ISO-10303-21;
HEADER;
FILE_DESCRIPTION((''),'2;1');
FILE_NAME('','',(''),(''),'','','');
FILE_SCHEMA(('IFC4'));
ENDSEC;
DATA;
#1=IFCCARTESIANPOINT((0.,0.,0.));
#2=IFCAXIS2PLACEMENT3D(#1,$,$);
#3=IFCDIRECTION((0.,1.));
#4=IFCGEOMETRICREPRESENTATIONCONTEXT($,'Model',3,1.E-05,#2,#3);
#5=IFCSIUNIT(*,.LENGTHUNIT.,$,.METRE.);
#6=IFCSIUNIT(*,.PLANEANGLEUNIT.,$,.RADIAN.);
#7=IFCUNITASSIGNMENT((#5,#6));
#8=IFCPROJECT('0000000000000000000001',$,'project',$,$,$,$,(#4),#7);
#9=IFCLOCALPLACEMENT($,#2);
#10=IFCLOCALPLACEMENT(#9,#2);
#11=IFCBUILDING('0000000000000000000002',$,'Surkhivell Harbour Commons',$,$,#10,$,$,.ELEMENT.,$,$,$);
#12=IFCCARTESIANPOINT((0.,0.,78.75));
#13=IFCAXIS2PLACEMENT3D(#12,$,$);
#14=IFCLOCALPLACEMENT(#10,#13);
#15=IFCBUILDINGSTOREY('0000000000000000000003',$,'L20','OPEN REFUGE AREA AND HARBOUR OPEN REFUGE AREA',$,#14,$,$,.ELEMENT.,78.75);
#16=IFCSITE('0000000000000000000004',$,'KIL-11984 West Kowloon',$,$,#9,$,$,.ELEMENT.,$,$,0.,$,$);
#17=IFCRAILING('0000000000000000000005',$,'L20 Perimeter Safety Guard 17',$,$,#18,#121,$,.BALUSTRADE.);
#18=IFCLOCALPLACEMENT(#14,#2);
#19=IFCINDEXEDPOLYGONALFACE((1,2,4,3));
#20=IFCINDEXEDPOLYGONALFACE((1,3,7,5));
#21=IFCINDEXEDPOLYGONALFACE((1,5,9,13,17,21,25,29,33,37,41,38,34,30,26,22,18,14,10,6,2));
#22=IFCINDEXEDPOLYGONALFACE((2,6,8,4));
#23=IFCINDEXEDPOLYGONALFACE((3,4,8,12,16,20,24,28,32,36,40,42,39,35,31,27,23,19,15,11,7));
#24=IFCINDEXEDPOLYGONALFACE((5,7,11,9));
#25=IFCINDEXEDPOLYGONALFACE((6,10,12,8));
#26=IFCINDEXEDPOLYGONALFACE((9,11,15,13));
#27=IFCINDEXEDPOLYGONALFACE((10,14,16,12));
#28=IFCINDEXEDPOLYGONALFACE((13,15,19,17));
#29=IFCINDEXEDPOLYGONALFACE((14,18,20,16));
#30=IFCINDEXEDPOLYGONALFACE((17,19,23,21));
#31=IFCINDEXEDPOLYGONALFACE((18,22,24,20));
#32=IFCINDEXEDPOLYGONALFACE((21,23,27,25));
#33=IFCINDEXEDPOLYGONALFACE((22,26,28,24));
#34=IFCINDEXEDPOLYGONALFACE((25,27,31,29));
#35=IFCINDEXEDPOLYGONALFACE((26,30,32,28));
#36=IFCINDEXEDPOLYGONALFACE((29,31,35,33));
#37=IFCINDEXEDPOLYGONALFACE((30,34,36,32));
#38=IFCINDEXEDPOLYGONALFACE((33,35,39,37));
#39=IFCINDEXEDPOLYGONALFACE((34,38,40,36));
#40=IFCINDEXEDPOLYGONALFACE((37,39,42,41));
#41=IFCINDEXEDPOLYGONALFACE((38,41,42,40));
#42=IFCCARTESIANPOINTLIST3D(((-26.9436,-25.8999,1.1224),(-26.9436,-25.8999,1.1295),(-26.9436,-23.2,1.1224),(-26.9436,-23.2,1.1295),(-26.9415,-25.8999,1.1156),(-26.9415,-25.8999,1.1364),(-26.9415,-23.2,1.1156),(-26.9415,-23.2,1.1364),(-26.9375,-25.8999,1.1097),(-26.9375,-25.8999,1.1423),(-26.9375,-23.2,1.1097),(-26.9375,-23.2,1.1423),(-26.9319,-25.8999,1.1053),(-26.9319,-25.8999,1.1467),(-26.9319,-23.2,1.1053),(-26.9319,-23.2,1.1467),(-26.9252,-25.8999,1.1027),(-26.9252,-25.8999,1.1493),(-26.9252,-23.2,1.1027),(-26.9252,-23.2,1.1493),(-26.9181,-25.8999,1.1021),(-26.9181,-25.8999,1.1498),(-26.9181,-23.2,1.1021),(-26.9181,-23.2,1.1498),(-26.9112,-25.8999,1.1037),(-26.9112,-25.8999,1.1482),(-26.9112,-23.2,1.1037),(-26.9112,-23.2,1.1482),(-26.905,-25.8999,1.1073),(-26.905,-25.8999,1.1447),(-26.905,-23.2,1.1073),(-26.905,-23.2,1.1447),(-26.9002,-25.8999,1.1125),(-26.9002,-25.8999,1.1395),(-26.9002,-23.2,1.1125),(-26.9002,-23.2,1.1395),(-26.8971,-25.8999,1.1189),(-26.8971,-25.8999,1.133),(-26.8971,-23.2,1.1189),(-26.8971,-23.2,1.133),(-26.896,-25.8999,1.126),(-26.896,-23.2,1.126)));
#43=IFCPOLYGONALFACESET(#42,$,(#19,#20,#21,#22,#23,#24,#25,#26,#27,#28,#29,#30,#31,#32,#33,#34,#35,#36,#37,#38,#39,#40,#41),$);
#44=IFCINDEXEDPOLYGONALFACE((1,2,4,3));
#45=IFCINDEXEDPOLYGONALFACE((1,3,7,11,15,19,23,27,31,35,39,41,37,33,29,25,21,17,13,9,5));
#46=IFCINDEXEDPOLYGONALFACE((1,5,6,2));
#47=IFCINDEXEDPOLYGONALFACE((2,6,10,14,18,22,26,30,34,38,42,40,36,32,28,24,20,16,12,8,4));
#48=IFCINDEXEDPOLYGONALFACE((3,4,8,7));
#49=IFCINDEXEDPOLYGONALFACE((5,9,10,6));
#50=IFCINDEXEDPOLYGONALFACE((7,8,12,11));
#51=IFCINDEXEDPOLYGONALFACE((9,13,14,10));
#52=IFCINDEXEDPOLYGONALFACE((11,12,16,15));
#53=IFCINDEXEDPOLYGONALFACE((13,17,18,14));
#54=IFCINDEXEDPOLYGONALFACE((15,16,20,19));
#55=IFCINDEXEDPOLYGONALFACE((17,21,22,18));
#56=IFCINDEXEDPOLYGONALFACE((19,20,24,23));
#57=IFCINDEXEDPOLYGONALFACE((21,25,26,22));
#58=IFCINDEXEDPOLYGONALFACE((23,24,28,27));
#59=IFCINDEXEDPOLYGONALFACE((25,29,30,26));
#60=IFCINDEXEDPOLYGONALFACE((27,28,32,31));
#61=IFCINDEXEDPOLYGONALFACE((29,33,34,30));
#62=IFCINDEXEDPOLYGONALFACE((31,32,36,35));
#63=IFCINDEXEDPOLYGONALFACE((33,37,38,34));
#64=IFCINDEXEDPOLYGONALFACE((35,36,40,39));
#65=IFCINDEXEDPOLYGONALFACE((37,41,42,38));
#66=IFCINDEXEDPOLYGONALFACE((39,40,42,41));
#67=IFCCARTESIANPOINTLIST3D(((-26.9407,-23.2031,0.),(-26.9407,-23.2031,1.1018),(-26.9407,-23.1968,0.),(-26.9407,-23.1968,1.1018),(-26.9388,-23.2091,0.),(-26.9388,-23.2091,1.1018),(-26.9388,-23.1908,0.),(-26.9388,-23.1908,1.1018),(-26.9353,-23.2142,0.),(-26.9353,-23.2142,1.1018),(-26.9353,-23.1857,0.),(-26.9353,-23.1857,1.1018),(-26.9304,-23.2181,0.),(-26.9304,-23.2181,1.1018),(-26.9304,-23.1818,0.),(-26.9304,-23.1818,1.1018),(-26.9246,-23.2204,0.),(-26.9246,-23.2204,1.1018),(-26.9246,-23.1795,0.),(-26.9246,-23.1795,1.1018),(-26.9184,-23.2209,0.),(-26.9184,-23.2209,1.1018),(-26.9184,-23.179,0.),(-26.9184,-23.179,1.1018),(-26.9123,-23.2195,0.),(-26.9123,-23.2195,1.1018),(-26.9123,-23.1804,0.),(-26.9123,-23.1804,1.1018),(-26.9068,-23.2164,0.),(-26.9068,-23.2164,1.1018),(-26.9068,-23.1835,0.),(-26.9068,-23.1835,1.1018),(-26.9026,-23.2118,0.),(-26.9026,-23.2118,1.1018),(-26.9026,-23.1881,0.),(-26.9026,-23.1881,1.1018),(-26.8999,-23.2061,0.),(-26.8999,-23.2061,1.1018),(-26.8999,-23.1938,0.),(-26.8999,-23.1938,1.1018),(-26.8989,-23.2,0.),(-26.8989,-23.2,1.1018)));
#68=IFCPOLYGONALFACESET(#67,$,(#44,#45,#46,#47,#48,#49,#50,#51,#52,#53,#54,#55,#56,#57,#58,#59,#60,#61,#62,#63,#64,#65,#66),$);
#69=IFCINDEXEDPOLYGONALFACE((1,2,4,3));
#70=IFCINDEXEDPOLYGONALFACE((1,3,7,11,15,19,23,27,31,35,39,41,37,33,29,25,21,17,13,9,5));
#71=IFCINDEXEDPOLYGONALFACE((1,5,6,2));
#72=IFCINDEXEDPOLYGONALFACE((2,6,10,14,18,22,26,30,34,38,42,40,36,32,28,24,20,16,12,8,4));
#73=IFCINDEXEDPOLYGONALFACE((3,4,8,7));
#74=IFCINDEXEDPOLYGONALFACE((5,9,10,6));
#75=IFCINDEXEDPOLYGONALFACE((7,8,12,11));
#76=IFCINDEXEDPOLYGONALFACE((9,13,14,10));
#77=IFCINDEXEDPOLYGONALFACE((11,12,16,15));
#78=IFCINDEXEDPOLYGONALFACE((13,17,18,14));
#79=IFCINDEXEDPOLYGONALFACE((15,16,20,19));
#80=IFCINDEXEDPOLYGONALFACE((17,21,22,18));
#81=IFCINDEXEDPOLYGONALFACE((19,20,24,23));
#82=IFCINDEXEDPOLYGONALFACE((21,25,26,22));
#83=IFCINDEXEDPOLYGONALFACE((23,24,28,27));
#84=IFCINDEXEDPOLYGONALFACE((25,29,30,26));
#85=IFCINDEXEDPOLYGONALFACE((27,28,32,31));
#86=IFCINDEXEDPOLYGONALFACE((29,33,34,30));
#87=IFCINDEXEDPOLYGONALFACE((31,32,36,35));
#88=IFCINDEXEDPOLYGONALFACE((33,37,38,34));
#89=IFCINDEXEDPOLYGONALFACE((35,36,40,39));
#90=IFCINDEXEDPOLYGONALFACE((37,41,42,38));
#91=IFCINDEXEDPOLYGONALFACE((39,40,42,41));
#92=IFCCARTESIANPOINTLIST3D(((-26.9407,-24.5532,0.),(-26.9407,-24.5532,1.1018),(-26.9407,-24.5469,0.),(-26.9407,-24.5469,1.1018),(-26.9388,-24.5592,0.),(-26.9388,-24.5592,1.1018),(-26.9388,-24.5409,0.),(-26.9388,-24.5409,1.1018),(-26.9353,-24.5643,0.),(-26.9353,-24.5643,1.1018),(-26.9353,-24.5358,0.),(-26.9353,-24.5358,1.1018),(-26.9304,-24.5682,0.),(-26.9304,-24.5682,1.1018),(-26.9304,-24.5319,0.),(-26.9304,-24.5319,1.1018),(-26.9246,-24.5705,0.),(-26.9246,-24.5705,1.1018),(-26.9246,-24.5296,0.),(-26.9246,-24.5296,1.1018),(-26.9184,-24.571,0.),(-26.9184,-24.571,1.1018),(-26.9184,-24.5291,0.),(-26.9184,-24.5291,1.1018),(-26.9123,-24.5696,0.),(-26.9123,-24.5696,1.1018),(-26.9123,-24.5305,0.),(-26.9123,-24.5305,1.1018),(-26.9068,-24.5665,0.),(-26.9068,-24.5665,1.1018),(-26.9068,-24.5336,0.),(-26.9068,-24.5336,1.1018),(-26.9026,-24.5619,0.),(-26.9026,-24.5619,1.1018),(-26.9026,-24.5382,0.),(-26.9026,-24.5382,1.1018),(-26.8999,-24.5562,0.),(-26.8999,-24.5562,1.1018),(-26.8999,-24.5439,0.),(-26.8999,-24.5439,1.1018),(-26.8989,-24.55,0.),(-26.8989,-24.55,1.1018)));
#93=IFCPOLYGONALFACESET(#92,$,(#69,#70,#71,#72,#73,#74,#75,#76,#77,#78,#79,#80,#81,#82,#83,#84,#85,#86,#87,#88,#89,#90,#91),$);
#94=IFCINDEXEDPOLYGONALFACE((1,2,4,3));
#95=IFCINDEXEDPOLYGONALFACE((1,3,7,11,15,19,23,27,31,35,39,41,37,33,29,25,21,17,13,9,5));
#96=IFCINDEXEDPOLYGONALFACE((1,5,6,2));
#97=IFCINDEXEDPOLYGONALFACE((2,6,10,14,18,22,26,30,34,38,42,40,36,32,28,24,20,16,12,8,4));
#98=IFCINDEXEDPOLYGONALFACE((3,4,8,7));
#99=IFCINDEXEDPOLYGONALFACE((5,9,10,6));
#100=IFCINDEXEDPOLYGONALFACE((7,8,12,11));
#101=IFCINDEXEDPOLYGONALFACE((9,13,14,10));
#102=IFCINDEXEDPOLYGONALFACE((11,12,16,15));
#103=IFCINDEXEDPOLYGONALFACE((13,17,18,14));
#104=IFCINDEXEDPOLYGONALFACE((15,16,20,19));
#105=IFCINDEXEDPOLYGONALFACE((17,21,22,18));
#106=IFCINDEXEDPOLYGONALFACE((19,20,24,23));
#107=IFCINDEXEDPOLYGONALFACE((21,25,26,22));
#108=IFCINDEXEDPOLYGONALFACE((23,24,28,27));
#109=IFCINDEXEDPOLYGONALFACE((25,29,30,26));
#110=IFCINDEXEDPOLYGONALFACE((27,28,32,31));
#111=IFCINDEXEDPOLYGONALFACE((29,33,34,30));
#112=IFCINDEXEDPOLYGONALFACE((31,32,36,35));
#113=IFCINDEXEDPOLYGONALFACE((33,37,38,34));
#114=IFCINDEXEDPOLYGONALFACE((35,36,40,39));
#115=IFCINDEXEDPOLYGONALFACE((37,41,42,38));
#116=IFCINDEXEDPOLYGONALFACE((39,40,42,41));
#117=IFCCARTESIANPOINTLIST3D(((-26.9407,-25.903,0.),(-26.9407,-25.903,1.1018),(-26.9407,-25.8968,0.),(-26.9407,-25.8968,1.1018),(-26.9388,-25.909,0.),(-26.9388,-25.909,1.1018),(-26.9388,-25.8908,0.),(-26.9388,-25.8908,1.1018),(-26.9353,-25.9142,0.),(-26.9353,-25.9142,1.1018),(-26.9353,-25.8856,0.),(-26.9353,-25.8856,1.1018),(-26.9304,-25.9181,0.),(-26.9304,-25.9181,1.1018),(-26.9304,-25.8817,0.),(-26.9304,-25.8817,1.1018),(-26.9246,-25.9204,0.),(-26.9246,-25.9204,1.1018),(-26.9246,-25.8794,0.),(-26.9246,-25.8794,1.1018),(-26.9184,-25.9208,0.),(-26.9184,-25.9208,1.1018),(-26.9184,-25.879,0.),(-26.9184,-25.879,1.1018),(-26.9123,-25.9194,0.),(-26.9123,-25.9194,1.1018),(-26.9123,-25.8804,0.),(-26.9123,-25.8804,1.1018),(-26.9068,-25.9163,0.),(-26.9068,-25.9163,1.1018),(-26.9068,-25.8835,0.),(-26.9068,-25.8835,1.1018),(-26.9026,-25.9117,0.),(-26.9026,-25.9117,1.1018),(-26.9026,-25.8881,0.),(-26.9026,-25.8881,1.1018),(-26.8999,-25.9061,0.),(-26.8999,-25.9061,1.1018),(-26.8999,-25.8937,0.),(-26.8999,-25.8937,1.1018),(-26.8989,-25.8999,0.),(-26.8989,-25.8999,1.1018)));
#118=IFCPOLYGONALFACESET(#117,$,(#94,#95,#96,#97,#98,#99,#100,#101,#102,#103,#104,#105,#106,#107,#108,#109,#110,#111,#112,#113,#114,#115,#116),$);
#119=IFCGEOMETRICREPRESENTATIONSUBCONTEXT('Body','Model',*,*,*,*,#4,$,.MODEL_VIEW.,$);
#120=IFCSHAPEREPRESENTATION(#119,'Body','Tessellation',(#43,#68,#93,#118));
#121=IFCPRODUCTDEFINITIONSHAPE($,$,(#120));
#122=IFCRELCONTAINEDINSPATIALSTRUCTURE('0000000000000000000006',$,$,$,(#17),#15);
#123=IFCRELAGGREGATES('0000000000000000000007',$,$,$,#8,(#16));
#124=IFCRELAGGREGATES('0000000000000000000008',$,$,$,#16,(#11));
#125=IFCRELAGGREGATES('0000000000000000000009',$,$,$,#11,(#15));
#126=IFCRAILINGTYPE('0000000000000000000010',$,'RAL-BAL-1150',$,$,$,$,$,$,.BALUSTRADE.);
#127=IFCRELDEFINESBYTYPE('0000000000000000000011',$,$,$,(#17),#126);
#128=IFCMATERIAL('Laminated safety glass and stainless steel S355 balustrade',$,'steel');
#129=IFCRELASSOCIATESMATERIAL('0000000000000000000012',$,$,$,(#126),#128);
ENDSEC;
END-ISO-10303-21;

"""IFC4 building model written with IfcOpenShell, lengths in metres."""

from ifc_helpers import new_model, si_unit, direction, frame, origin, origin_2d, place, context, subcontext, project, spatial, circle, extrude, material, type_object, element, save


model = new_model("IFC4")

# Units and contexts
model_context = context("Model", 3, precision=1e-05, world=origin(), true_north=direction((0.0, 1.0)))
body_context = subcontext(model_context, "Body", "Model", "MODEL_VIEW")
ifc_project = project(units=[si_unit("LENGTHUNIT", "METRE"), si_unit("PLANEANGLEUNIT", "RADIAN")], contexts=[model_context])

# Site, building, storey
site_placement = place(None, origin())
site = spatial("IfcSite", under=ifc_project, at=site_placement, Name="KIL-11984 West Kowloon", CompositionType="ELEMENT", RefElevation=0.0)
building_placement = place(site_placement, origin())
building = spatial("IfcBuilding", under=site, at=building_placement, Name="Surkhivell Harbour Commons", CompositionType="ELEMENT")
storey_placement = place(building_placement, frame((0.0, 0.0, 78.75)))
storey = spatial("IfcBuildingStorey", under=building, at=storey_placement, Name="L20", Description="OPEN REFUGE AREA AND HARBOUR OPEN REFUGE AREA", CompositionType="ELEMENT", Elevation=78.75)

# Railing
ifc_material_1 = material(Name="Laminated safety glass and stainless steel S355 balustrade", Category="steel")
railing_type = type_object("IfcRailingType", Name="RAL-BAL-1150", PredefinedType="BALUSTRADE", material=ifc_material_1)
railing_1_placement = place(storey_placement, frame((-26.9199, -23.2, 0.0)))
element("IfcRailing", 1, at=railing_1_placement, inside=storey, type_object=railing_type, Name="L20 Perimeter Safety Guard 17", PredefinedType="BALUSTRADE", context=body_context, shape_type="SweptSolid", body=[
    extrude(circle(Radius=0.0239, at=origin_2d()), frame((0.0, 0.0, 1.126), z_axis=(0.0, -1.0, 0.0), x_axis=(1.0, 0.0, 0.0)), (0.0, 0.0, 1.0), 2.7),
    extrude(circle(Radius=0.021, at=origin_2d()), origin(), (0.0, 0.0, 1.0), 1.1018),
    extrude(circle(Radius=0.021, at=origin_2d()), frame((0.0, -1.3501, 0.0)), (0.0, 0.0, 1.0), 1.1018),
    extrude(circle(Radius=0.021, at=origin_2d()), frame((0.0, -2.7, 0.0)), (0.0, 0.0, 1.0), 1.1018),
])

save(model, "model.ifc")
